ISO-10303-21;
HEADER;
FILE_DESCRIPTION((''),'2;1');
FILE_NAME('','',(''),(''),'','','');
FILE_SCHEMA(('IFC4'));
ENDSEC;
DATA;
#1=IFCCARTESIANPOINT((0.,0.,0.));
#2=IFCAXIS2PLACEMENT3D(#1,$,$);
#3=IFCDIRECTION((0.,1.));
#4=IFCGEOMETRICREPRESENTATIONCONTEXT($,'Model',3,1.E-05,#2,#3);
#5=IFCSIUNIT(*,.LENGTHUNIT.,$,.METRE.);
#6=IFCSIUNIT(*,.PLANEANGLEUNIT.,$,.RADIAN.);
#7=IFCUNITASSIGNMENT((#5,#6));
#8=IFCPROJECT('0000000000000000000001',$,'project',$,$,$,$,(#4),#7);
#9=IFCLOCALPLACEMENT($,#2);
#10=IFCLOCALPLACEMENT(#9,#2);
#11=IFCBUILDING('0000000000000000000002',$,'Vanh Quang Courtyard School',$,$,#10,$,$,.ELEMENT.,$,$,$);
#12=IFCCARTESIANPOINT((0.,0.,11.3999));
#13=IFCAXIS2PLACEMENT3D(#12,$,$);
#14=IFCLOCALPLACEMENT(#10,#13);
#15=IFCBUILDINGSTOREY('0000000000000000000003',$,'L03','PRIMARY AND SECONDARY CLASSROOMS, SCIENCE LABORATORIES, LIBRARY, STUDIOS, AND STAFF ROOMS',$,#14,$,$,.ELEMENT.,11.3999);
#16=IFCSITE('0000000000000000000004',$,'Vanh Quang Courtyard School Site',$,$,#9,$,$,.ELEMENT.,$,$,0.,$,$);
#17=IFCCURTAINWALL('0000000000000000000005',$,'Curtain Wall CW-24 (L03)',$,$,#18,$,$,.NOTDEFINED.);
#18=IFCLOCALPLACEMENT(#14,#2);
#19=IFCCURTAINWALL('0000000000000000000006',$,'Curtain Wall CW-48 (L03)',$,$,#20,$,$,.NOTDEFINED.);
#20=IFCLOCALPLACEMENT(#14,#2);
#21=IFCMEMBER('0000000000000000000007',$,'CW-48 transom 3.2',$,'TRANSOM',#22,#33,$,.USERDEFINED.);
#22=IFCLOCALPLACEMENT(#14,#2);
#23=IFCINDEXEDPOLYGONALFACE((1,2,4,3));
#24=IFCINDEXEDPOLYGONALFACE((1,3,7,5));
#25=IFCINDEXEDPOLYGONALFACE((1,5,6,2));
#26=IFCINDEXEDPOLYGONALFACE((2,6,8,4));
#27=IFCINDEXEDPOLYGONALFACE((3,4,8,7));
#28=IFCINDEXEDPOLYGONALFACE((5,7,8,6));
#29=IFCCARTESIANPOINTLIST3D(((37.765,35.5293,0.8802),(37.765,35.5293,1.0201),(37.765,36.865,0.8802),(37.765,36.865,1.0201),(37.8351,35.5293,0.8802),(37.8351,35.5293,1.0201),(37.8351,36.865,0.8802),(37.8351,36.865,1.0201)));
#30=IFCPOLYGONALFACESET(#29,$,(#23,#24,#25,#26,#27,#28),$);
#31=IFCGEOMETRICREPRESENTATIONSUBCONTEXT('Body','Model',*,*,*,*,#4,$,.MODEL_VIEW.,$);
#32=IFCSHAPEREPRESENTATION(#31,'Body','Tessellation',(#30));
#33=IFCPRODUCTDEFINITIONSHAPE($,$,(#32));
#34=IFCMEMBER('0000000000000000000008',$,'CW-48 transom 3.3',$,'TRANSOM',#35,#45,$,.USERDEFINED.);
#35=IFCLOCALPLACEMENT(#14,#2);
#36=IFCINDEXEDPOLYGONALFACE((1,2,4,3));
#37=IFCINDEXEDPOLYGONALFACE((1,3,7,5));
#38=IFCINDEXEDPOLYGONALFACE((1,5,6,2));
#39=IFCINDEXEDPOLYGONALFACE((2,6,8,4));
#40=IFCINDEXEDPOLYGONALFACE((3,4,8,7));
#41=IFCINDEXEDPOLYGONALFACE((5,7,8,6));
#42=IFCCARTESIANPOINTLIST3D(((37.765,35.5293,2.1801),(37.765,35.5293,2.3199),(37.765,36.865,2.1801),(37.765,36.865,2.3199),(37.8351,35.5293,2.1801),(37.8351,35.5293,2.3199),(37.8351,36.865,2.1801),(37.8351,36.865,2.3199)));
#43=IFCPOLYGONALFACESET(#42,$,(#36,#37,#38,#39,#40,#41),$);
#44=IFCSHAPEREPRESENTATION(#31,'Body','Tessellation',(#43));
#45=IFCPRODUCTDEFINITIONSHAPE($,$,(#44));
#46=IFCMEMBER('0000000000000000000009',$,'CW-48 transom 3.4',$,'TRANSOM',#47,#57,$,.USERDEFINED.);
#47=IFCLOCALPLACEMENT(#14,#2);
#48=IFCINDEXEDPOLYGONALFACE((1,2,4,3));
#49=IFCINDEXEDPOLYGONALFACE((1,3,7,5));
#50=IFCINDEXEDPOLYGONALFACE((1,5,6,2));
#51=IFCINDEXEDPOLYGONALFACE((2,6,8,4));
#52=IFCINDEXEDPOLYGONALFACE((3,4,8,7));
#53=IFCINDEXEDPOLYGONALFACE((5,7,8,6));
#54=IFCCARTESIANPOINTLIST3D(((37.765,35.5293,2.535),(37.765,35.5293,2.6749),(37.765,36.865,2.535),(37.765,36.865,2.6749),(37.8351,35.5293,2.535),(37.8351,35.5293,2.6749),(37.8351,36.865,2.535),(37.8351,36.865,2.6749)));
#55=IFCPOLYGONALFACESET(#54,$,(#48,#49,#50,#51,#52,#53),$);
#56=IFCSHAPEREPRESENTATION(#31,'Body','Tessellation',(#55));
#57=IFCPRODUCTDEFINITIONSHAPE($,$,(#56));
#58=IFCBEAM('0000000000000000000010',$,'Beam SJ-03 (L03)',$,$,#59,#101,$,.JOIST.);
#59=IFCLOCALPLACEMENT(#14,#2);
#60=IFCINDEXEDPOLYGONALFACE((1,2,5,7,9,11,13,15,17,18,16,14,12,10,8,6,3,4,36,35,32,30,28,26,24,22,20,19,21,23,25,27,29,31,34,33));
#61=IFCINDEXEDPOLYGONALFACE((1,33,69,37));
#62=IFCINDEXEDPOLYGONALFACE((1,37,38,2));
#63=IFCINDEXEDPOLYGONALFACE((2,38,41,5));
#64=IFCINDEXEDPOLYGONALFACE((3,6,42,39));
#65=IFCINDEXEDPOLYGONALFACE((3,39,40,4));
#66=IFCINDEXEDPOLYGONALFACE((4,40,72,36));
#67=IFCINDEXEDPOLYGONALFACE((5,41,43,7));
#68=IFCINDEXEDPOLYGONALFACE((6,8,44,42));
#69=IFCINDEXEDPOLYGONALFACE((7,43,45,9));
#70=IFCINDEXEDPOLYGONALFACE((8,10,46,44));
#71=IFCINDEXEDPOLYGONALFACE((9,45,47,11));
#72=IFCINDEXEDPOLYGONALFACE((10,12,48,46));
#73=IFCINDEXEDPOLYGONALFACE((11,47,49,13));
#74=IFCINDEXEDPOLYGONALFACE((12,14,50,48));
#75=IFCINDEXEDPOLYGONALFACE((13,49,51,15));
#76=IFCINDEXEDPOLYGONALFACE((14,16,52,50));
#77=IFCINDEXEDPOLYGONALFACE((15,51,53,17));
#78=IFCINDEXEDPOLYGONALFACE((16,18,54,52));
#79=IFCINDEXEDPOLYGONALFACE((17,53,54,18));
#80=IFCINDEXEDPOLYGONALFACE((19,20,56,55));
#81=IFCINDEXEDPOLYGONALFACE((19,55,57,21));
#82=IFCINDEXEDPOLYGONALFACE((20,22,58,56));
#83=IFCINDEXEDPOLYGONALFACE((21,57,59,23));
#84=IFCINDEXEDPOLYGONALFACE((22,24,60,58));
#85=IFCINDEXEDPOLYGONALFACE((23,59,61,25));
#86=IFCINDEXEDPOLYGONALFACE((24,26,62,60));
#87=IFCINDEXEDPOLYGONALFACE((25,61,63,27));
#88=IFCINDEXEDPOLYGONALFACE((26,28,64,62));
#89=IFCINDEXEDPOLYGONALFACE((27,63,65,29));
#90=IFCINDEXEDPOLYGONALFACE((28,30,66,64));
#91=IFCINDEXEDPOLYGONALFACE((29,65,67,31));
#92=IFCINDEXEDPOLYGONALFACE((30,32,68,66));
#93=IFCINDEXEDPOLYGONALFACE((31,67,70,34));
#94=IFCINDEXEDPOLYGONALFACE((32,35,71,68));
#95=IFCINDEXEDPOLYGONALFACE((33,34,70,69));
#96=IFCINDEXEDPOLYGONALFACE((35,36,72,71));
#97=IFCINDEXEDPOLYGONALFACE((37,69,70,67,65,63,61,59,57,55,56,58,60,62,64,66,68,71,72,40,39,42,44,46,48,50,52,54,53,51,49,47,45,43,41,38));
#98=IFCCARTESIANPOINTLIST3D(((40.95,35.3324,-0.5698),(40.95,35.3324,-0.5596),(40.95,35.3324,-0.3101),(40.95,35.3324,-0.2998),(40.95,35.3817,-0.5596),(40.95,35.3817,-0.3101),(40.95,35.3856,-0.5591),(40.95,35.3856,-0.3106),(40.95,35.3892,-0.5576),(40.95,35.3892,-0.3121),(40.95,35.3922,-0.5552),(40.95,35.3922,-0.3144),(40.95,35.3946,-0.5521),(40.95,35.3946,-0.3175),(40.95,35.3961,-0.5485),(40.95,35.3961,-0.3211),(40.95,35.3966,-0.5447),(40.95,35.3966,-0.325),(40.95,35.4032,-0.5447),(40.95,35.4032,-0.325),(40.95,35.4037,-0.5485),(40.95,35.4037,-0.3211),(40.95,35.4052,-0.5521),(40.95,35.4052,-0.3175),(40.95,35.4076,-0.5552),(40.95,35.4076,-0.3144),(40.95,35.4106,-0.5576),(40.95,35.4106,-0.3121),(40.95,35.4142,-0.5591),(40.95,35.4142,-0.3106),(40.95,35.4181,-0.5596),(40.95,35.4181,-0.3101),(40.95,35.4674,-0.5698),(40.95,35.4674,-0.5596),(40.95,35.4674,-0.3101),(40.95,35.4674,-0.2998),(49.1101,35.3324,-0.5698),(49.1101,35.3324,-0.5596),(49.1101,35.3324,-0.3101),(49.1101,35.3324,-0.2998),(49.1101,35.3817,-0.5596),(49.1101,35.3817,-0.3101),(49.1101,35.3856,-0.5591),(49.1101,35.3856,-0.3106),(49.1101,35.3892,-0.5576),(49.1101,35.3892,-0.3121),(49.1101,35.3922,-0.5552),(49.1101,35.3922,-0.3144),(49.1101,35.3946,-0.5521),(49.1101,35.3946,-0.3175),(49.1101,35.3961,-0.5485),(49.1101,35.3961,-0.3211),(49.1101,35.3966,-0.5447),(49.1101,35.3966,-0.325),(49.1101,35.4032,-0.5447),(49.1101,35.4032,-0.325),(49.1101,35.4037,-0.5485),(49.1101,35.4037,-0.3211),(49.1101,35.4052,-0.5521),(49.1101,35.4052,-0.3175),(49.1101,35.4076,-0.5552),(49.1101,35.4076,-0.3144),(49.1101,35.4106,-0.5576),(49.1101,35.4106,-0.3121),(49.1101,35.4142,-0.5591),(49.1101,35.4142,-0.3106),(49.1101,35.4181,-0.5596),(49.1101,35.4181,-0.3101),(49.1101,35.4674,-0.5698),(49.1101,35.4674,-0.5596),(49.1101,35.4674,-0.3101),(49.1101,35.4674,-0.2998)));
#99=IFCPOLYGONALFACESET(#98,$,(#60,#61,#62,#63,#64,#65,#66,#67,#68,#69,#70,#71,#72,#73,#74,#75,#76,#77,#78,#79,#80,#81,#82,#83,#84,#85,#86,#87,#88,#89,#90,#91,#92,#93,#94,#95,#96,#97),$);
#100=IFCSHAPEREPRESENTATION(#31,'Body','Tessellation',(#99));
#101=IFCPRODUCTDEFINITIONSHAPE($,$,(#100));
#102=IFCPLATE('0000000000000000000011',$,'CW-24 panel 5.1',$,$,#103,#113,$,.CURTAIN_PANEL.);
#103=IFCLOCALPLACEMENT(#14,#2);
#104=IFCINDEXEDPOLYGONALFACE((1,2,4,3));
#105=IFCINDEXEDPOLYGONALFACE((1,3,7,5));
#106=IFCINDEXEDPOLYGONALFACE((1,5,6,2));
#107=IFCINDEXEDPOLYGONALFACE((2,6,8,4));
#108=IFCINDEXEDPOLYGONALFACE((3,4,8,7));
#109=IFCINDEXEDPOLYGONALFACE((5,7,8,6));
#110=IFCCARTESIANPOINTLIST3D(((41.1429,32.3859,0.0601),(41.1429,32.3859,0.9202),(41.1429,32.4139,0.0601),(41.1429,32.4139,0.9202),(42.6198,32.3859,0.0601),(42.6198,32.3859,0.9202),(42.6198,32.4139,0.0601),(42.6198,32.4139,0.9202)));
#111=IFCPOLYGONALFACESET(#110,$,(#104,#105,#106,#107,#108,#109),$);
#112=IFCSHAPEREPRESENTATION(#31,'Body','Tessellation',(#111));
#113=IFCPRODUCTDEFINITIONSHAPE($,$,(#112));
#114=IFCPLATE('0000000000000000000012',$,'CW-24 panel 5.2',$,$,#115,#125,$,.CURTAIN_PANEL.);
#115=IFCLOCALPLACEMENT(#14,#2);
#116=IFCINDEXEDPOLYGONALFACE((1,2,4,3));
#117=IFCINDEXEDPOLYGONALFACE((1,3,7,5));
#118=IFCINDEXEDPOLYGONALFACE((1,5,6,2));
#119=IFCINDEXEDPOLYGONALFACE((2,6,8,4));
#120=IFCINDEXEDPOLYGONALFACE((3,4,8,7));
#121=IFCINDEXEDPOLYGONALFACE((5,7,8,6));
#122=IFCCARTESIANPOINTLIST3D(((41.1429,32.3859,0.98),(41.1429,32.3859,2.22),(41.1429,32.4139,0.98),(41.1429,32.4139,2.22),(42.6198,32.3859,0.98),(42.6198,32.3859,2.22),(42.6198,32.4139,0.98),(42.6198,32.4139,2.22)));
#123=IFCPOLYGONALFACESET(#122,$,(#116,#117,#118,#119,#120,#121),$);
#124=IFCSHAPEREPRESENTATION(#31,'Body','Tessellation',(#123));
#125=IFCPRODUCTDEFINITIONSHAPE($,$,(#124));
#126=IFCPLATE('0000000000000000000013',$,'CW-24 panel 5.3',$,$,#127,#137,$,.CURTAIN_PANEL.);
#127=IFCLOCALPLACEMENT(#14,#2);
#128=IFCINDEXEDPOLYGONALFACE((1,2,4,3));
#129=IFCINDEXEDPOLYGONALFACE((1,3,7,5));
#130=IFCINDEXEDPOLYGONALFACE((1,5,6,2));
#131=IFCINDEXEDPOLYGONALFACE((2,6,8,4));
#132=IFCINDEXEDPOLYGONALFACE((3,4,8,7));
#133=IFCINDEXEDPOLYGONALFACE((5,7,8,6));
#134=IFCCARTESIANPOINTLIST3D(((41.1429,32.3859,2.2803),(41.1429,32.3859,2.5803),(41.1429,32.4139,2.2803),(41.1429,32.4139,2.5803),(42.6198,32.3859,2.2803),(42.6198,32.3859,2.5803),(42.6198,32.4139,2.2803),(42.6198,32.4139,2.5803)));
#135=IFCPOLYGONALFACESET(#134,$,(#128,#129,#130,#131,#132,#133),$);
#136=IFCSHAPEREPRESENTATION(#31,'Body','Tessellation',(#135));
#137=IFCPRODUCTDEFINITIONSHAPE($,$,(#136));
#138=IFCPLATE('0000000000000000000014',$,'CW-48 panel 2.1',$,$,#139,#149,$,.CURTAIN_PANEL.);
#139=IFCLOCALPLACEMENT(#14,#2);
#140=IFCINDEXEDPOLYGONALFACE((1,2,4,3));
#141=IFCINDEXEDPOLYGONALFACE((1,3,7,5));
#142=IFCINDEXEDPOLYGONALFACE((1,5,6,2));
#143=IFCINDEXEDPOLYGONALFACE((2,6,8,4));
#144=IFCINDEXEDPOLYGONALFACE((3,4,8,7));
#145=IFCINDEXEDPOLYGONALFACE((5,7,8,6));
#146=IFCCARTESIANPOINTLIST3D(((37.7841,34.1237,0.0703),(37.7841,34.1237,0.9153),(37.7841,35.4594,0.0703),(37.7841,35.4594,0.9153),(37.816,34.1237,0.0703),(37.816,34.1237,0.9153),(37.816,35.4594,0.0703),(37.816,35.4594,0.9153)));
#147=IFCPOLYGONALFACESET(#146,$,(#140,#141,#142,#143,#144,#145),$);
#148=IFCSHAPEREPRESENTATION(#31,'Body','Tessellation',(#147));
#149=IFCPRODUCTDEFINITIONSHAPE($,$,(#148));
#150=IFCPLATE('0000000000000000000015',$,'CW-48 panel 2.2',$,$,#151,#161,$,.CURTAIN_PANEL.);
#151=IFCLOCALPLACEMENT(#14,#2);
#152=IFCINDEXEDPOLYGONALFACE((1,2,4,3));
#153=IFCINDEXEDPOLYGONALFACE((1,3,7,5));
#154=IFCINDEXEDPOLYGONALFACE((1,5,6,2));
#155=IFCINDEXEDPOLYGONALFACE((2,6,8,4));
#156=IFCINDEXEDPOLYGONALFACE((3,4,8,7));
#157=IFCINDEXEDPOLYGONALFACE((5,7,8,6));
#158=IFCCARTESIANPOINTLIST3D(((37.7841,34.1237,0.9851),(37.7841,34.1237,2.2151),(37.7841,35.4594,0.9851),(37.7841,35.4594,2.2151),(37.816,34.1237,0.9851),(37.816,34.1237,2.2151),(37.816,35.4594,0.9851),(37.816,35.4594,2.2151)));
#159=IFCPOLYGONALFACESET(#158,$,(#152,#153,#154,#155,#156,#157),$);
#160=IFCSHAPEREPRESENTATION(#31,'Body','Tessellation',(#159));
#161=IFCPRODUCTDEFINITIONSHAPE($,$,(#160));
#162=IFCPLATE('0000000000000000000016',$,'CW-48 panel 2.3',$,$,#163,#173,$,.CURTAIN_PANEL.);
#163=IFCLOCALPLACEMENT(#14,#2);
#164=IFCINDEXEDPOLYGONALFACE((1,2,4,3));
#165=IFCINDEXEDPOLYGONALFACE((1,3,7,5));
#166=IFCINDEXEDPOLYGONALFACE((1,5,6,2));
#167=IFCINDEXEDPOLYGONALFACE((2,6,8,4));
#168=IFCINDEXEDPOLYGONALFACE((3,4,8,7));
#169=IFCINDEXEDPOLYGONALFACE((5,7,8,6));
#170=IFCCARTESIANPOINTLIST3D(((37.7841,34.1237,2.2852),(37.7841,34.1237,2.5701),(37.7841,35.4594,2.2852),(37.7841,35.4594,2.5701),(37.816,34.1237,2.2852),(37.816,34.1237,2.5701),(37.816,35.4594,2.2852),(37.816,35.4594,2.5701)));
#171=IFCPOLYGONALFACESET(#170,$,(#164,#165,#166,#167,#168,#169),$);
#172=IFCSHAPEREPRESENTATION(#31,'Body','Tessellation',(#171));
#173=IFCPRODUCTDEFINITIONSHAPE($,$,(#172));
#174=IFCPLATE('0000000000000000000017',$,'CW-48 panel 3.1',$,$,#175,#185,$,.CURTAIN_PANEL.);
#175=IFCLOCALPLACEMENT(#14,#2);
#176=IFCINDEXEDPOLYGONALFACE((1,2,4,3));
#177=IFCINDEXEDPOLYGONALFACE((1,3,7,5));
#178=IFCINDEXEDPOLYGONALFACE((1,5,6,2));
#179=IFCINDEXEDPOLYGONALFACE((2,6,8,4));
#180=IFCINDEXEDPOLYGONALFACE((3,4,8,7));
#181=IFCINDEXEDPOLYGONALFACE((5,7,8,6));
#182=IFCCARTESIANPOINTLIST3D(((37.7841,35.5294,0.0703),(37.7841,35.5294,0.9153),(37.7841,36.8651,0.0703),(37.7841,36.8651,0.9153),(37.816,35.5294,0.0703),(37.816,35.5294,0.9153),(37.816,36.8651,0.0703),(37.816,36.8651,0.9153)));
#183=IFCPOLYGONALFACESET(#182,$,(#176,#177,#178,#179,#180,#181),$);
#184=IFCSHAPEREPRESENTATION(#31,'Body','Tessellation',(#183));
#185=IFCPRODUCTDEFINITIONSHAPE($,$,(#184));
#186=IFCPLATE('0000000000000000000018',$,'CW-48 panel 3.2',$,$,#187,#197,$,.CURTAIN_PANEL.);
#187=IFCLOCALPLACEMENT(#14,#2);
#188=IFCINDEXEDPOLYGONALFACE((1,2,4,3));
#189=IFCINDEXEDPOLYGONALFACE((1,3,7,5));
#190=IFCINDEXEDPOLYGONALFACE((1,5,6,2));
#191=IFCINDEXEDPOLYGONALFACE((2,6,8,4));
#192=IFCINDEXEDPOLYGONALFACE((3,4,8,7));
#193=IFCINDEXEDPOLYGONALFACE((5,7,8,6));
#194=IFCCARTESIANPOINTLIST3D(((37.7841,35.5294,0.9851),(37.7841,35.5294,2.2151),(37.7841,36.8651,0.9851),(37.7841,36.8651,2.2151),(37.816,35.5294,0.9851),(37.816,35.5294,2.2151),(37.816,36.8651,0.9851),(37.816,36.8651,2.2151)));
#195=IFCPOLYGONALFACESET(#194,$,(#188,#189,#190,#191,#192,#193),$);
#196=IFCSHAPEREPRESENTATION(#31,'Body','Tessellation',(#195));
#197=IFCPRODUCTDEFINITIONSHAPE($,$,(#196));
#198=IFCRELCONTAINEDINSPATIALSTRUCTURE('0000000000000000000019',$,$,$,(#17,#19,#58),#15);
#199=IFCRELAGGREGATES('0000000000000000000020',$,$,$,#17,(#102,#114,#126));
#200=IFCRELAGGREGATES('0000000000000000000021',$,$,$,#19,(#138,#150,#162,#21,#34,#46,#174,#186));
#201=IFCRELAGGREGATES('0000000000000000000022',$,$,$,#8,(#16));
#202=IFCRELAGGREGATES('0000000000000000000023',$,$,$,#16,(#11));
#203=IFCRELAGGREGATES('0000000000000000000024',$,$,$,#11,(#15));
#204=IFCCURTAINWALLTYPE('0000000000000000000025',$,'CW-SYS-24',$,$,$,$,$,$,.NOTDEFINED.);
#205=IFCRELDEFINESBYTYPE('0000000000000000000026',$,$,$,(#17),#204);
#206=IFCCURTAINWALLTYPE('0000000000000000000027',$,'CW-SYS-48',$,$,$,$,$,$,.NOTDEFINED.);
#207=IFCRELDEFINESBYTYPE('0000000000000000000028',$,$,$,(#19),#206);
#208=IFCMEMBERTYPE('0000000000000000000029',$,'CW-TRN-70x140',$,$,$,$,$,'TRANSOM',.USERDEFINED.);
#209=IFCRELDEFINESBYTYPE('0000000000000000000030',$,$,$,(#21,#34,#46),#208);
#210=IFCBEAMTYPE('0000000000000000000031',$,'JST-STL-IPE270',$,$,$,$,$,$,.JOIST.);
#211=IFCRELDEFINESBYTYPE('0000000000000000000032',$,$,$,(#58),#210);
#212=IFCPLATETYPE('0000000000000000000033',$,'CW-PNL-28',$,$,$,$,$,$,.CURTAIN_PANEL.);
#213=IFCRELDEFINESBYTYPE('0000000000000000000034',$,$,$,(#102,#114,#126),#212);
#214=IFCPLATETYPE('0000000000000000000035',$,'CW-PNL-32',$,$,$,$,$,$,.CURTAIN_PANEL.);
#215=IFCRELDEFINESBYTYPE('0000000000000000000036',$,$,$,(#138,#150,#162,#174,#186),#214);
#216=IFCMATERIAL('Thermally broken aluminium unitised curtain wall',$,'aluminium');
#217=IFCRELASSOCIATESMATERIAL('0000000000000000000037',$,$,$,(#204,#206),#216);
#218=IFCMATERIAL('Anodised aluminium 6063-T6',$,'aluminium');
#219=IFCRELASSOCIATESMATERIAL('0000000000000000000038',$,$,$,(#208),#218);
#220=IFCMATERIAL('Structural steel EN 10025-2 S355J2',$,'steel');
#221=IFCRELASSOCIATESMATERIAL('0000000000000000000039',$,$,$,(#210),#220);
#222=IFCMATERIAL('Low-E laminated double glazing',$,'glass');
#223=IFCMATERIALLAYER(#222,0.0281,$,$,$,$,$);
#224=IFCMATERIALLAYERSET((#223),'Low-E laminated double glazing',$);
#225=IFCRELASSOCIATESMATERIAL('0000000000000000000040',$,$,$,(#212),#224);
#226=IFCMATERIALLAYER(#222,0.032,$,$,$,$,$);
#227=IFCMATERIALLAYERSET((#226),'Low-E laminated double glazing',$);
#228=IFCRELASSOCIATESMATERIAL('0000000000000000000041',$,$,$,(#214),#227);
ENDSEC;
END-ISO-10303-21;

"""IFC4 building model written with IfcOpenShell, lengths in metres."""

from ifc_helpers import new_model, si_unit, direction, frame, origin, origin_2d, place, context, subcontext, project, spatial, rectangle, i_section, extrude, material, layer, layer_set, material_profile, profile_set, type_object, element, aggregate, save


model = new_model("IFC4")

# Units and contexts
model_context = context("Model", 3, precision=1e-05, world=origin(), true_north=direction((0.0, 1.0)))
body_context = subcontext(model_context, "Body", "Model", "MODEL_VIEW")
ifc_project = project(units=[si_unit("LENGTHUNIT", "METRE"), si_unit("PLANEANGLEUNIT", "RADIAN")], contexts=[model_context])

# Site, building, storey
site_placement = place(None, origin())
site = spatial("IfcSite", under=ifc_project, at=site_placement, Name="Vanh Quang Courtyard School Site", CompositionType="ELEMENT", RefElevation=0.0)
building_placement = place(site_placement, origin())
building = spatial("IfcBuilding", under=site, at=building_placement, Name="Vanh Quang Courtyard School", CompositionType="ELEMENT")
storey_placement = place(building_placement, frame((0.0, 0.0, 11.3999)))
storey = spatial("IfcBuildingStorey", under=building, at=storey_placement, Name="L03", Description="PRIMARY AND SECONDARY CLASSROOMS, SCIENCE LABORATORIES, LIBRARY, STUDIOS, AND STAFF ROOMS", CompositionType="ELEMENT", Elevation=11.3999)

# Curtain wall
ifc_material_1 = material(Name="Thermally broken aluminium unitised curtain wall", Category="aluminium")
curtain_wall_type_1 = type_object("IfcCurtainWallType", Name="CW-SYS-24", PredefinedType="NOTDEFINED", material=ifc_material_1)
curtain_wall_1_placement = place(storey_placement, origin())
curtain_wall_1 = element("IfcCurtainWall", 1, at=curtain_wall_1_placement, inside=storey, type_object=curtain_wall_type_1, Name="Curtain Wall CW-24 (L03)", PredefinedType="NOTDEFINED")
ifc_material_2 = material(Name="Anodised aluminium 6063-T6", Category="aluminium")

# Curtain wall
curtain_wall_type_2 = type_object("IfcCurtainWallType", Name="CW-SYS-48", PredefinedType="NOTDEFINED", material=ifc_material_1)
curtain_wall_2_placement = place(storey_placement, origin())
curtain_wall_2 = element("IfcCurtainWall", 2, at=curtain_wall_2_placement, inside=storey, type_object=curtain_wall_type_2, Name="Curtain Wall CW-48 (L03)", PredefinedType="NOTDEFINED")

# Members
ifc_material_profile_1 = material_profile(ifc_material_2, rectangle(XDim=0.0701, YDim=0.1399, at=origin_2d()), Name="ALU-TRN 70x140")
ifc_profile_set_1 = profile_set([ifc_material_profile_1], Name="Anodised aluminium 6063-T6")
member_type_1 = type_object("IfcMemberType", Name="CW-TRN-70x140", ElementType="TRANSOM", PredefinedType="USERDEFINED", material=ifc_profile_set_1)
member_1_placement = place(storey_placement, frame((37.8, 35.5293, 0.9502), z_axis=(0.0, 1.0, 0.0), x_axis=(-1.0, 0.0, 0.0)))
member_1 = element("IfcMember", 3, at=member_1_placement, type_object=member_type_1, Name="CW-48 transom 3.2", ObjectType="TRANSOM", PredefinedType="USERDEFINED", context=body_context, shape_type="SweptSolid", body=[
    extrude(rectangle(XDim=0.0701, YDim=0.1399, at=origin_2d()), origin(), (0.0, 0.0, 1.0), 1.3357),
])
member_2_placement = place(storey_placement, frame((37.8, 35.5293, 2.25), z_axis=(0.0, 1.0, 0.0), x_axis=(-1.0, 0.0, 0.0)))
member_2 = element("IfcMember", 4, at=member_2_placement, type_object=member_type_1, Name="CW-48 transom 3.3", ObjectType="TRANSOM", PredefinedType="USERDEFINED", context=body_context, shape_type="SweptSolid", body=[
    extrude(rectangle(XDim=0.0701, YDim=0.1399, at=origin_2d()), origin(), (0.0, 0.0, 1.0), 1.3357),
])
member_3_placement = place(storey_placement, frame((37.8, 35.5293, 2.605), z_axis=(0.0, 1.0, 0.0), x_axis=(-1.0, 0.0, 0.0)))
member_3 = element("IfcMember", 5, at=member_3_placement, type_object=member_type_1, Name="CW-48 transom 3.4", ObjectType="TRANSOM", PredefinedType="USERDEFINED", context=body_context, shape_type="SweptSolid", body=[
    extrude(rectangle(XDim=0.0701, YDim=0.1399, at=origin_2d()), origin(), (0.0, 0.0, 1.0), 1.3357),
])

# Beam
ifc_material_3 = material(Name="Structural steel EN 10025-2 S355J2", Category="steel")
ifc_material_profile_2 = material_profile(ifc_material_3, i_section(OverallWidth=0.135, OverallDepth=0.27, WebThickness=0.0066, FlangeThickness=0.0103, FilletRadius=0.0149, at=origin_2d()), Name="IPE 270")
ifc_profile_set_2 = profile_set([ifc_material_profile_2], Name="Structural steel EN 10025-2 S355J2")
beam_type_1 = type_object("IfcBeamType", Name="JST-STL-IPE270", PredefinedType="JOIST", material=ifc_profile_set_2)
beam_1_placement = place(storey_placement, frame((40.95, 35.3999, -0.4348), z_axis=(1.0, 0.0, 0.0), x_axis=(0.0, 1.0, 0.0)))
element("IfcBeam", 6, at=beam_1_placement, inside=storey, type_object=beam_type_1, Name="Beam SJ-03 (L03)", PredefinedType="JOIST", context=body_context, shape_type="SweptSolid", body=[
    extrude(i_section(OverallWidth=0.135, OverallDepth=0.27, WebThickness=0.0066, FlangeThickness=0.0103, FilletRadius=0.0149, at=origin_2d()), origin(), (0.0, 0.0, 1.0), 8.1602),
])

# Plates
ifc_material_4 = material(Name="Low-E laminated double glazing", Category="glass")
ifc_layer_1 = layer(ifc_material_4, 0.0281)
ifc_layer_set_1 = layer_set([ifc_layer_1], Name="Low-E laminated double glazing")
plate_type_1 = type_object("IfcPlateType", Name="CW-PNL-28", PredefinedType="CURTAIN_PANEL", material=ifc_layer_set_1)
plate_1_placement = place(storey_placement, frame((41.8813, 32.3999, 0.0601), z_axis=(0.0, 0.0, 1.0), x_axis=(-1.0, 0.0, 0.0)))
plate_1 = element("IfcPlate", 7, at=plate_1_placement, type_object=plate_type_1, Name="CW-24 panel 5.1", PredefinedType="CURTAIN_PANEL", context=body_context, shape_type="SweptSolid", body=[
    extrude(rectangle(XDim=1.4768, YDim=0.0281, at=origin_2d()), origin(), (0.0, 0.0, 1.0), 0.8601),
])
plate_2_placement = place(storey_placement, frame((41.8813, 32.3999, 0.98), z_axis=(0.0, 0.0, 1.0), x_axis=(-1.0, 0.0, 0.0)))
plate_2 = element("IfcPlate", 8, at=plate_2_placement, type_object=plate_type_1, Name="CW-24 panel 5.2", PredefinedType="CURTAIN_PANEL", context=body_context, shape_type="SweptSolid", body=[
    extrude(rectangle(XDim=1.4768, YDim=0.0281, at=origin_2d()), origin(), (0.0, 0.0, 1.0), 1.24),
])
plate_3_placement = place(storey_placement, frame((41.8813, 32.3999, 2.2803), z_axis=(0.0, 0.0, 1.0), x_axis=(-1.0, 0.0, 0.0)))
plate_3 = element("IfcPlate", 9, at=plate_3_placement, type_object=plate_type_1, Name="CW-24 panel 5.3", PredefinedType="CURTAIN_PANEL", context=body_context, shape_type="SweptSolid", body=[
    extrude(rectangle(XDim=1.4768, YDim=0.0281, at=origin_2d()), origin(), (0.0, 0.0, 1.0), 0.3),
])
aggregate(curtain_wall_1, [plate_1, plate_2, plate_3])
ifc_layer_2 = layer(ifc_material_4, 0.032)
ifc_layer_set_2 = layer_set([ifc_layer_2], Name="Low-E laminated double glazing")
plate_type_2 = type_object("IfcPlateType", Name="CW-PNL-32", PredefinedType="CURTAIN_PANEL", material=ifc_layer_set_2)
plate_4_placement = place(storey_placement, frame((37.8, 34.7915, 0.0703), z_axis=(0.0, 0.0, 1.0), x_axis=(0.0, 1.0, 0.0)))
plate_4 = element("IfcPlate", 10, at=plate_4_placement, type_object=plate_type_2, Name="CW-48 panel 2.1", PredefinedType="CURTAIN_PANEL", context=body_context, shape_type="SweptSolid", body=[
    extrude(rectangle(XDim=1.3357, YDim=0.032, at=origin_2d()), origin(), (0.0, 0.0, 1.0), 0.845),
])
plate_5_placement = place(storey_placement, frame((37.8, 34.7915, 0.9851), z_axis=(0.0, 0.0, 1.0), x_axis=(0.0, 1.0, 0.0)))
plate_5 = element("IfcPlate", 11, at=plate_5_placement, type_object=plate_type_2, Name="CW-48 panel 2.2", PredefinedType="CURTAIN_PANEL", context=body_context, shape_type="SweptSolid", body=[
    extrude(rectangle(XDim=1.3357, YDim=0.032, at=origin_2d()), origin(), (0.0, 0.0, 1.0), 1.23),
])
plate_6_placement = place(storey_placement, frame((37.8, 34.7915, 2.2852), z_axis=(0.0, 0.0, 1.0), x_axis=(0.0, 1.0, 0.0)))
plate_6 = element("IfcPlate", 12, at=plate_6_placement, type_object=plate_type_2, Name="CW-48 panel 2.3", PredefinedType="CURTAIN_PANEL", context=body_context, shape_type="SweptSolid", body=[
    extrude(rectangle(XDim=1.3357, YDim=0.032, at=origin_2d()), origin(), (0.0, 0.0, 1.0), 0.2849),
])
plate_7_placement = place(storey_placement, frame((37.8, 36.1973, 0.0703), z_axis=(0.0, 0.0, 1.0), x_axis=(0.0, 1.0, 0.0)))
plate_7 = element("IfcPlate", 13, at=plate_7_placement, type_object=plate_type_2, Name="CW-48 panel 3.1", PredefinedType="CURTAIN_PANEL", context=body_context, shape_type="SweptSolid", body=[
    extrude(rectangle(XDim=1.3357, YDim=0.032, at=origin_2d()), origin(), (0.0, 0.0, 1.0), 0.845),
])
plate_8_placement = place(storey_placement, frame((37.8, 36.1973, 0.9851), z_axis=(0.0, 0.0, 1.0), x_axis=(0.0, 1.0, 0.0)))
plate_8 = element("IfcPlate", 14, at=plate_8_placement, type_object=plate_type_2, Name="CW-48 panel 3.2", PredefinedType="CURTAIN_PANEL", context=body_context, shape_type="SweptSolid", body=[
    extrude(rectangle(XDim=1.3357, YDim=0.032, at=origin_2d()), origin(), (0.0, 0.0, 1.0), 1.23),
])
aggregate(curtain_wall_2, [plate_4, plate_5, plate_6, member_1, member_2, member_3, plate_7, plate_8])

save(model, "model.ifc")
